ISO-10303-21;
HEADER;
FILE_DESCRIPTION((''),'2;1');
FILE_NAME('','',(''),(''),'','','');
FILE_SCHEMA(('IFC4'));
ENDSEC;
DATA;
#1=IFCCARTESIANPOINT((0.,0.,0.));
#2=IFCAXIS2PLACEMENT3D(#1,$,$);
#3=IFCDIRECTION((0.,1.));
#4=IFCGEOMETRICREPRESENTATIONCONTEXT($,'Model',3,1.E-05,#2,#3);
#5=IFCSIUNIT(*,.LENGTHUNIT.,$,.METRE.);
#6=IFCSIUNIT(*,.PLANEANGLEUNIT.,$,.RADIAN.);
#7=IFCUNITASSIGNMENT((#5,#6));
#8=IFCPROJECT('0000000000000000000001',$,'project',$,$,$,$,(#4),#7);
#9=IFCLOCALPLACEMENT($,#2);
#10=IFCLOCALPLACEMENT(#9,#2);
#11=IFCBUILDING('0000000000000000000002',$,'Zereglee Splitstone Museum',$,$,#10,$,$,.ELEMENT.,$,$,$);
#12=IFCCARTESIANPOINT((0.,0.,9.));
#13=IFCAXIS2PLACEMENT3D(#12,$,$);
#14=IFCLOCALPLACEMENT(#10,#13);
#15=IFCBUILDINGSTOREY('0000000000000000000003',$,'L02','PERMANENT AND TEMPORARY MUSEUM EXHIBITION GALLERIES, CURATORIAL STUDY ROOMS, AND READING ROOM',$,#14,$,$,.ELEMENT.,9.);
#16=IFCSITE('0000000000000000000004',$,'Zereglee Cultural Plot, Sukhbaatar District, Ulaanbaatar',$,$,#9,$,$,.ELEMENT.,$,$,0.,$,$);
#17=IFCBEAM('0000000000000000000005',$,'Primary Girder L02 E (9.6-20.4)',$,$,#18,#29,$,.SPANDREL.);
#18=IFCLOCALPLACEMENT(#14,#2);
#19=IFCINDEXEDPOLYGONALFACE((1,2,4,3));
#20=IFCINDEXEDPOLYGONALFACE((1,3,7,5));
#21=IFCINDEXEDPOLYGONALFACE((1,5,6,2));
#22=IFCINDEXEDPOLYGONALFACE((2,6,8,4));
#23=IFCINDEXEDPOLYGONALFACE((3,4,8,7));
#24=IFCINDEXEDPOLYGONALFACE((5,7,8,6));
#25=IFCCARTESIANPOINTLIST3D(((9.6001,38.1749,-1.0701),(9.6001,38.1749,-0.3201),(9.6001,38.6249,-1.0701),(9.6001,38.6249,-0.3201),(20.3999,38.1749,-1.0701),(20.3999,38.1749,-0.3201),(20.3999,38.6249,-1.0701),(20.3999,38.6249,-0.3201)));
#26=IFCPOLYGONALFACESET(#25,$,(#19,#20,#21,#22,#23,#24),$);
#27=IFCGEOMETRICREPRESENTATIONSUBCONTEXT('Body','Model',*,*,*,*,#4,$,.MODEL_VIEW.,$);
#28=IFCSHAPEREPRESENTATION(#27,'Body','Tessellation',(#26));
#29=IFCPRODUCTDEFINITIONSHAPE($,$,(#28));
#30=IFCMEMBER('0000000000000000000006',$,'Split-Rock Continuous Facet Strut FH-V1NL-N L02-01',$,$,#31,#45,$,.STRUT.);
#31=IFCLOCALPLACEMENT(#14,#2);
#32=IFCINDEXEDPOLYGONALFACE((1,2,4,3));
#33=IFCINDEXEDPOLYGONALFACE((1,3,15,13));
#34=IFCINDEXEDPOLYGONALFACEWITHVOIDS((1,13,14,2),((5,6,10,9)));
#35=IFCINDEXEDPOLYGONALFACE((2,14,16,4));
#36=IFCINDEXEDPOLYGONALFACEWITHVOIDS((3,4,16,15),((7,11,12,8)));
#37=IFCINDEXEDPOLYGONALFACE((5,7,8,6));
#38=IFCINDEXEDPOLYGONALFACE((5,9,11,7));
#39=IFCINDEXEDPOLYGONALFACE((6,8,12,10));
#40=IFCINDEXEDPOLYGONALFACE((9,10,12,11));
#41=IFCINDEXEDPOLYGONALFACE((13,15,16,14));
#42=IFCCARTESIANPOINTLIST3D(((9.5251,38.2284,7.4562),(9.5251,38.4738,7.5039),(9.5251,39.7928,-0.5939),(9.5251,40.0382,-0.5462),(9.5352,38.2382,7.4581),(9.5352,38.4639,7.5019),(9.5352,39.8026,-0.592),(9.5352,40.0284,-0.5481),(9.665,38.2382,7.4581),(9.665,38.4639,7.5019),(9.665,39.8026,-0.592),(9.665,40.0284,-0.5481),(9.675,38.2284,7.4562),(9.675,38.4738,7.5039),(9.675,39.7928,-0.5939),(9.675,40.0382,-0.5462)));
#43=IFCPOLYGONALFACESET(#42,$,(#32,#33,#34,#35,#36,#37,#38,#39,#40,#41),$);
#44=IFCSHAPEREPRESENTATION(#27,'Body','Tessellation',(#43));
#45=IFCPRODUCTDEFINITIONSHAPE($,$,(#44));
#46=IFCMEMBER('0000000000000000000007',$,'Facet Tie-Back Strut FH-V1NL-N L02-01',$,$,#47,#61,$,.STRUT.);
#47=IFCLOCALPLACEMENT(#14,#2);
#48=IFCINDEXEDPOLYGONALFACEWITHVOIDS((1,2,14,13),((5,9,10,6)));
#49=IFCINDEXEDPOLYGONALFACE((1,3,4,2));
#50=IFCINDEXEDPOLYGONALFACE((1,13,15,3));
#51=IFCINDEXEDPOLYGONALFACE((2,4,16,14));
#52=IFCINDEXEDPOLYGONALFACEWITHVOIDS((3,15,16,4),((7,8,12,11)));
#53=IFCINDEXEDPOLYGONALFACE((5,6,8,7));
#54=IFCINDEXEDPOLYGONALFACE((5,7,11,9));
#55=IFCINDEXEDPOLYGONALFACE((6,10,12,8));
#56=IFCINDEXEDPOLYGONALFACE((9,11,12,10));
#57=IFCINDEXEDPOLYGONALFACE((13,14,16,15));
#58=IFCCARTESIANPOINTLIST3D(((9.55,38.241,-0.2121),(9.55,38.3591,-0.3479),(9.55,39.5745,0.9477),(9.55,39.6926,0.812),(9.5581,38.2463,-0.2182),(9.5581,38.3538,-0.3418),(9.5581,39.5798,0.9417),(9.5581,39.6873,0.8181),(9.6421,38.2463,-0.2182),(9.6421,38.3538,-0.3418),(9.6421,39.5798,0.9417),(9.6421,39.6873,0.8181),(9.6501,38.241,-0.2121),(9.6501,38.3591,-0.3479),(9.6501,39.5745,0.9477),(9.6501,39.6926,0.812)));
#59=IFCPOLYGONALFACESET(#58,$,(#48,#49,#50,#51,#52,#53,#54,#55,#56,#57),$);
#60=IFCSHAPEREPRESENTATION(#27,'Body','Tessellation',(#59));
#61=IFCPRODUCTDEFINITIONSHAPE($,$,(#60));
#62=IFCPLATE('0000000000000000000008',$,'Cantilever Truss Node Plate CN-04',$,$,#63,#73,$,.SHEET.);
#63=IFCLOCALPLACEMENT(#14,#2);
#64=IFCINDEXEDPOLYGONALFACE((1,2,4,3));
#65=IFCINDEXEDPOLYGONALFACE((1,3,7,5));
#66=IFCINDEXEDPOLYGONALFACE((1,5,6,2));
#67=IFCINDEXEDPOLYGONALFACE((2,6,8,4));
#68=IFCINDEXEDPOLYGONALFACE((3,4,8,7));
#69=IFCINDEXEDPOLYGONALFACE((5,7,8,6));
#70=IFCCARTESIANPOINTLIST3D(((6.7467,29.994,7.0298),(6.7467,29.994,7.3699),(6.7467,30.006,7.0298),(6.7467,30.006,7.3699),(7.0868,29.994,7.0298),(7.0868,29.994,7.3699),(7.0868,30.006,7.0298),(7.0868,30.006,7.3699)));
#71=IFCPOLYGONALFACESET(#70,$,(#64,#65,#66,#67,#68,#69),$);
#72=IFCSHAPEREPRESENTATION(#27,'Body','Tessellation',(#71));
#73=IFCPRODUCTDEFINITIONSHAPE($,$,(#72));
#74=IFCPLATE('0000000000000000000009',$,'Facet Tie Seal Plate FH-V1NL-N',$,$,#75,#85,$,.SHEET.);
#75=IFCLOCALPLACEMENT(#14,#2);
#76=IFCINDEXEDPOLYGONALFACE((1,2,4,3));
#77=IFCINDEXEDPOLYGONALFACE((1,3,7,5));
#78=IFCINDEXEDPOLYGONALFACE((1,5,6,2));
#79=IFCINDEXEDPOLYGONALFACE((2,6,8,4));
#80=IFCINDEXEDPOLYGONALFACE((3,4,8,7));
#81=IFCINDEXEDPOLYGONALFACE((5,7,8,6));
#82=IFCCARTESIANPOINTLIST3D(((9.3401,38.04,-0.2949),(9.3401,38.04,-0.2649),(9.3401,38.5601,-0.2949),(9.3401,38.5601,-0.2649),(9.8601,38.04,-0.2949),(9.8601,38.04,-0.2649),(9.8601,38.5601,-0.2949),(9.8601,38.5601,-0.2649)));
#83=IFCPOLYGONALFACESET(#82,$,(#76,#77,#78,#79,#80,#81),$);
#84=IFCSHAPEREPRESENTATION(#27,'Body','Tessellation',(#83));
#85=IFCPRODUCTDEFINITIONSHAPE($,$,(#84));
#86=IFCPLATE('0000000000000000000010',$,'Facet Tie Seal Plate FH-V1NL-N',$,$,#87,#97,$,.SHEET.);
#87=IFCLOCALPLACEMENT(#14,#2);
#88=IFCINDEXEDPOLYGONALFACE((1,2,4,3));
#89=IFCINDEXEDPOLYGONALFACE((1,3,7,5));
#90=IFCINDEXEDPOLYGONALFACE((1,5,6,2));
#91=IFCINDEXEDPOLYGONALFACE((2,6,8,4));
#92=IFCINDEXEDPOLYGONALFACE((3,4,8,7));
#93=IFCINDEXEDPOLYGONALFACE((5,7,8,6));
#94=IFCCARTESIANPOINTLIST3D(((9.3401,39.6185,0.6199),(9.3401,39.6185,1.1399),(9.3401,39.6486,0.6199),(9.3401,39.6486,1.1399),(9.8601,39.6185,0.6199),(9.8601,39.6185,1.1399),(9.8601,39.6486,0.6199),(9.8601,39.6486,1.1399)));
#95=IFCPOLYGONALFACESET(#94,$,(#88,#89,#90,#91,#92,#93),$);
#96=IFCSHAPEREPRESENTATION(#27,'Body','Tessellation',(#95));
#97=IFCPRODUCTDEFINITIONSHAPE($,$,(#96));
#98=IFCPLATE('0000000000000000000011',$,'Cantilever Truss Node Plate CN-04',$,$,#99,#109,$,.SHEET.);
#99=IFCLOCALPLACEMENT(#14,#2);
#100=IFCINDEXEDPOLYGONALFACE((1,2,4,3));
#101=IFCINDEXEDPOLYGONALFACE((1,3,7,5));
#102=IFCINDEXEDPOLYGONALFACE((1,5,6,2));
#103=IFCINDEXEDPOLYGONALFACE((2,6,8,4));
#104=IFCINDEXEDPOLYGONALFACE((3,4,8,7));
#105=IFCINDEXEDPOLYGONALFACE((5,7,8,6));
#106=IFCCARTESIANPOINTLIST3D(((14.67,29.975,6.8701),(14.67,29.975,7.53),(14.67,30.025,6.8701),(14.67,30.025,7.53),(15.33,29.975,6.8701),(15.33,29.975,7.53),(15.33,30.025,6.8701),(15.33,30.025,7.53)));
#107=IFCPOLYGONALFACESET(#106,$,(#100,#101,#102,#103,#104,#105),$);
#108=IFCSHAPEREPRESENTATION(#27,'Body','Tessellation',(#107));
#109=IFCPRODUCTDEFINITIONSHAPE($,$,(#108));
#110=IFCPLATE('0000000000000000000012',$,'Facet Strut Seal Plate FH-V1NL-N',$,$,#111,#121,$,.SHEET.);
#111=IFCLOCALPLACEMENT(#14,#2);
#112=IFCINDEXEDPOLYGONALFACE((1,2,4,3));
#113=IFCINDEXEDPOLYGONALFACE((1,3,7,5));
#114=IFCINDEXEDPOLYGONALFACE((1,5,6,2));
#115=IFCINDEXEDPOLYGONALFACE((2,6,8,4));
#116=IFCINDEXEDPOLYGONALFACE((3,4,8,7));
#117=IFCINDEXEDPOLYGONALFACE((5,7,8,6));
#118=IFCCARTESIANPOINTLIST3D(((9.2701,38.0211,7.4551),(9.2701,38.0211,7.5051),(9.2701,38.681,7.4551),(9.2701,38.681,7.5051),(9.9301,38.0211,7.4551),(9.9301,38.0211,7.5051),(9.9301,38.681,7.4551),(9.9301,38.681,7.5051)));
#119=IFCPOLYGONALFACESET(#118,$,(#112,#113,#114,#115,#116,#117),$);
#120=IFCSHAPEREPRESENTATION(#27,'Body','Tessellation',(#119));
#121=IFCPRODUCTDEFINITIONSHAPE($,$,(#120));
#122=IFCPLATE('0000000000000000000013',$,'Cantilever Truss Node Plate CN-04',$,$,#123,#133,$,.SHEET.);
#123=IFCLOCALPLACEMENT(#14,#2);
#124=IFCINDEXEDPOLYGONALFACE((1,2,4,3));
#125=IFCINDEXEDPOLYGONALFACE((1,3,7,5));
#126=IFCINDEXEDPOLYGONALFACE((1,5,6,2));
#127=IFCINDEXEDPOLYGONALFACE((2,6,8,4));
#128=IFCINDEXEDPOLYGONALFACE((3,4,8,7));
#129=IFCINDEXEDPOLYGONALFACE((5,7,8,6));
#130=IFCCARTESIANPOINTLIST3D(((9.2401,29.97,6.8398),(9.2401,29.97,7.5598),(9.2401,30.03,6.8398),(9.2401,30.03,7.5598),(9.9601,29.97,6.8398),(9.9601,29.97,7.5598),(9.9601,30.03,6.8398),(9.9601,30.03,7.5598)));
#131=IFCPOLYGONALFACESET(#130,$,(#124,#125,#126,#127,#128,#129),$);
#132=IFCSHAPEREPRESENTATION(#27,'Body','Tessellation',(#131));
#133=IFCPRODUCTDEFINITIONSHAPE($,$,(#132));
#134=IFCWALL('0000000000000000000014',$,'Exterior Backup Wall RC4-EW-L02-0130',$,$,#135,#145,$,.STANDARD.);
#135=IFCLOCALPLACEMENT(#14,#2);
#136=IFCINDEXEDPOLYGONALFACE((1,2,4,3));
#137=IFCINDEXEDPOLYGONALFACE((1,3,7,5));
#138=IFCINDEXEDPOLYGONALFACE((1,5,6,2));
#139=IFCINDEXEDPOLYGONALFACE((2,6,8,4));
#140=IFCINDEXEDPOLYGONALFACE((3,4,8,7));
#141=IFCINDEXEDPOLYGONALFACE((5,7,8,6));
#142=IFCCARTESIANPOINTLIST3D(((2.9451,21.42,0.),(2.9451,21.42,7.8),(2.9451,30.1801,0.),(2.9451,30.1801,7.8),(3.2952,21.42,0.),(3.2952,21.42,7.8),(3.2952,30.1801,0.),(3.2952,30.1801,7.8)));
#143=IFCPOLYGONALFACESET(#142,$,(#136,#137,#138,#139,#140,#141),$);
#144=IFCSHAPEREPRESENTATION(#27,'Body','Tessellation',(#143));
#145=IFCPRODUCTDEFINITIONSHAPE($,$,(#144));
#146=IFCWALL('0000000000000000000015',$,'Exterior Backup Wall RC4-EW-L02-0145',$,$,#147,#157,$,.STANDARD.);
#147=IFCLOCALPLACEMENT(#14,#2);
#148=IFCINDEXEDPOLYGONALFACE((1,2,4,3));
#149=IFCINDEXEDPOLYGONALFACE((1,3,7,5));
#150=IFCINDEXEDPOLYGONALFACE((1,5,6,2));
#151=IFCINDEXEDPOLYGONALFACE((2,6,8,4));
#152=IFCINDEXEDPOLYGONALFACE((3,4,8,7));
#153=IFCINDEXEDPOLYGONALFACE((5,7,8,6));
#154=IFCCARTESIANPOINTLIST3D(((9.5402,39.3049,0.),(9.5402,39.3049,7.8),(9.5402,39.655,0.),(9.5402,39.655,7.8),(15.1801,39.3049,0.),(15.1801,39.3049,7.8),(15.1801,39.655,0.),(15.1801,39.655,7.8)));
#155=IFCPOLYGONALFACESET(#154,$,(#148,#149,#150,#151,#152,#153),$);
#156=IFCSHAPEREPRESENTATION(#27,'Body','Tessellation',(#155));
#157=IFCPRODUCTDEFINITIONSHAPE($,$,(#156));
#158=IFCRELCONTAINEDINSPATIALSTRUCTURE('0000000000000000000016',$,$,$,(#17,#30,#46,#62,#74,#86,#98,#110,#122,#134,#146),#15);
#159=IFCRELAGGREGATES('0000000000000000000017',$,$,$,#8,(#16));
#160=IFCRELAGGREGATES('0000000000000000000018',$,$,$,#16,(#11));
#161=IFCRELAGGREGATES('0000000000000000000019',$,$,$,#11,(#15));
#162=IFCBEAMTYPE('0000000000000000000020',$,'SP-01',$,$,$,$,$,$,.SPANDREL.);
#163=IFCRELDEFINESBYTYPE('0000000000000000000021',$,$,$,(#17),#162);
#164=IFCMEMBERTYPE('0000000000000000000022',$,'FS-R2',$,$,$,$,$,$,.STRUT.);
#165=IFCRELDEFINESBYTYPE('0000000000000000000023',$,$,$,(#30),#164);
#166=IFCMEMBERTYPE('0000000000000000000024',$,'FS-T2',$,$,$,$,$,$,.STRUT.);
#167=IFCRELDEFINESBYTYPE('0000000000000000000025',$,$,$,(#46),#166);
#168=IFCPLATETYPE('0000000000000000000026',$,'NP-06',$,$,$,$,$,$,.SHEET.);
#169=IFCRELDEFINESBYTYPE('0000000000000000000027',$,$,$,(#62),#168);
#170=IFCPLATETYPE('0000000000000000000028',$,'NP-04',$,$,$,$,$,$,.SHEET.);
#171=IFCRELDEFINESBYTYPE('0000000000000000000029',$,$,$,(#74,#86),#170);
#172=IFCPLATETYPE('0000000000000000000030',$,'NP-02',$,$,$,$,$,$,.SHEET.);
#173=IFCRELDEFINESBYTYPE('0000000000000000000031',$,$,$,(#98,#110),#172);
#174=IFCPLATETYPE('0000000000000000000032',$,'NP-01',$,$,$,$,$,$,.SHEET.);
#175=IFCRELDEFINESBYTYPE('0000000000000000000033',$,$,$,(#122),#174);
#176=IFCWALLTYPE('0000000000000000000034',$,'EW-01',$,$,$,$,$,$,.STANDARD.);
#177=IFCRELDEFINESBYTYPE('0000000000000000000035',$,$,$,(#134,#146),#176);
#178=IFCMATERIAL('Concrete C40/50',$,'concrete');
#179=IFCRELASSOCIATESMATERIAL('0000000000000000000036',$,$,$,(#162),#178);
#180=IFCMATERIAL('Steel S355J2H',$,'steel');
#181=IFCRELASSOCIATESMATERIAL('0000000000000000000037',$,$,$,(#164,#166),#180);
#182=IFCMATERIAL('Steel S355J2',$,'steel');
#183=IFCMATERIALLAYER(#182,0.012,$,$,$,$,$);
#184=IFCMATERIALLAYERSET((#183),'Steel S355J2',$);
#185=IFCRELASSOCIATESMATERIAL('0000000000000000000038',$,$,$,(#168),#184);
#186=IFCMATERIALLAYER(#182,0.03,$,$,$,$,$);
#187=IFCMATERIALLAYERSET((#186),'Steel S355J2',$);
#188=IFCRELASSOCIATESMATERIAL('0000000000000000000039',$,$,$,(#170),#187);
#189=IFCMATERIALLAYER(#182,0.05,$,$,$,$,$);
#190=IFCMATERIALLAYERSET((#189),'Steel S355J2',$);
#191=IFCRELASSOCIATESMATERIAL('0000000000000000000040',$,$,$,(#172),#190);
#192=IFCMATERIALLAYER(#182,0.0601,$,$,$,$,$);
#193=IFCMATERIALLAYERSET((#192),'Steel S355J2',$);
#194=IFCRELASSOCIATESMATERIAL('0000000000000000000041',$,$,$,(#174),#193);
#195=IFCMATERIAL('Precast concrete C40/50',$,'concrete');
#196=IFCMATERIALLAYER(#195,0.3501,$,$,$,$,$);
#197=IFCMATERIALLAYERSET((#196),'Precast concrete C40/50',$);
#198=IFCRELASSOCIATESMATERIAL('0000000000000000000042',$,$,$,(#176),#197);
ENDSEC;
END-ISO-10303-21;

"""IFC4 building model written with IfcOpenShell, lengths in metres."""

from ifc_helpers import new_model, si_unit, direction, frame, frame_2d, origin, origin_2d, place, context, subcontext, project, spatial, rectangle, hollow_rectangle, extrude, material, layer, layer_set, material_profile, profile_set, type_object, element, save


model = new_model("IFC4")

# Units and contexts
model_context = context("Model", 3, precision=1e-05, world=origin(), true_north=direction((0.0, 1.0)))
body_context = subcontext(model_context, "Body", "Model", "MODEL_VIEW")
ifc_project = project(units=[si_unit("LENGTHUNIT", "METRE"), si_unit("PLANEANGLEUNIT", "RADIAN")], contexts=[model_context])

# Site, building, storey
site_placement = place(None, origin())
site = spatial("IfcSite", under=ifc_project, at=site_placement, Name="Zereglee Cultural Plot, Sukhbaatar District, Ulaanbaatar", CompositionType="ELEMENT", RefElevation=0.0)
building_placement = place(site_placement, origin())
building = spatial("IfcBuilding", under=site, at=building_placement, Name="Zereglee Splitstone Museum", CompositionType="ELEMENT")
storey_placement = place(building_placement, frame((0.0, 0.0, 9.0)))
storey = spatial("IfcBuildingStorey", under=building, at=storey_placement, Name="L02", Description="PERMANENT AND TEMPORARY MUSEUM EXHIBITION GALLERIES, CURATORIAL STUDY ROOMS, AND READING ROOM", CompositionType="ELEMENT", Elevation=9.0)

# Shared definitions
ifc_material_1 = material(Name="Steel S355J2H", Category="steel")

# Shared definitions
ifc_material_2 = material(Name="Steel S355J2", Category="steel")

# Beam
ifc_material_3 = material(Name="Concrete C40/50", Category="concrete")
ifc_material_profile_1 = material_profile(ifc_material_3, rectangle(XDim=0.45, YDim=0.75, at=origin_2d()), Name="RC 450x750")
ifc_profile_set_1 = profile_set([ifc_material_profile_1], Name="Concrete C40/50")
beam_type_1 = type_object("IfcBeamType", Name="SP-01", PredefinedType="SPANDREL", material=ifc_profile_set_1)
beam_1_placement = place(storey_placement, frame((9.6001, 38.3999, -0.6951), z_axis=(1.0, 0.0, 0.0), x_axis=(0.0, 1.0, 0.0)))
element("IfcBeam", 1, at=beam_1_placement, inside=storey, type_object=beam_type_1, Name="Primary Girder L02 E (9.6-20.4)", PredefinedType="SPANDREL", context=body_context, shape_type="SweptSolid", body=[
    extrude(rectangle(XDim=0.45, YDim=0.75, at=origin_2d()), origin(), (0.0, 0.0, 1.0), 10.7998),
])

# Members
ifc_material_profile_2 = material_profile(ifc_material_1, hollow_rectangle(XDim=0.1499, YDim=0.25, WallThickness=0.01, at=origin_2d()), Name="RHS 250x150x10")
ifc_profile_set_2 = profile_set([ifc_material_profile_2], Name="Steel S355J2H")
member_type_1 = type_object("IfcMemberType", Name="FS-R2", PredefinedType="STRUT", material=ifc_profile_set_2)
member_1_placement = place(storey_placement, frame((9.6001, 39.9155, -0.5701), z_axis=(0.0, -0.190772, 0.981634), x_axis=(1.0, 0.0, 0.0)))
element("IfcMember", 2, at=member_1_placement, inside=storey, type_object=member_type_1, Name="Split-Rock Continuous Facet Strut FH-V1NL-N L02-01", PredefinedType="STRUT", context=body_context, shape_type="SweptSolid", body=[
    extrude(hollow_rectangle(XDim=0.1499, YDim=0.25, WallThickness=0.01, at=origin_2d()), origin(), (0.0, 0.0, 1.0), 8.2007),
])
ifc_material_profile_3 = material_profile(ifc_material_1, hollow_rectangle(XDim=0.1001, YDim=0.1799, WallThickness=0.0081, at=origin_2d()), Name="RHS 180x100x8")
ifc_profile_set_3 = profile_set([ifc_material_profile_3], Name="Steel S355J2H")
member_type_2 = type_object("IfcMemberType", Name="FS-T2", PredefinedType="STRUT", material=ifc_profile_set_3)
member_2_placement = place(storey_placement, frame((9.6001, 38.3, -0.28), z_axis=(0.0, 0.754507, 0.656292), x_axis=(-1.0, 0.0, 0.0)))
element("IfcMember", 3, at=member_2_placement, inside=storey, type_object=member_type_2, Name="Facet Tie-Back Strut FH-V1NL-N L02-01", PredefinedType="STRUT", context=body_context, shape_type="SweptSolid", body=[
    extrude(hollow_rectangle(XDim=0.1001, YDim=0.1799, WallThickness=0.0081, at=origin_2d()), origin(), (0.0, 0.0, 1.0), 1.7673),
])

# Plates
ifc_layer_1 = layer(ifc_material_2, 0.012)
ifc_layer_set_1 = layer_set([ifc_layer_1], Name="Steel S355J2")
plate_type_1 = type_object("IfcPlateType", Name="NP-06", PredefinedType="SHEET", material=ifc_layer_set_1)
plate_1_placement = place(storey_placement, frame((6.9167, 30.0, 7.0298), z_axis=(0.0, 0.0, 1.0), x_axis=(1.0, 0.0, 0.0)))
element("IfcPlate", 4, at=plate_1_placement, inside=storey, type_object=plate_type_1, Name="Cantilever Truss Node Plate CN-04", PredefinedType="SHEET", context=body_context, shape_type="SweptSolid", body=[
    extrude(rectangle(XDim=0.3401, YDim=0.012, at=origin_2d()), origin(), (0.0, 0.0, 1.0), 0.3401),
])
ifc_layer_2 = layer(ifc_material_2, 0.03)
ifc_layer_set_2 = layer_set([ifc_layer_2], Name="Steel S355J2")
plate_type_2 = type_object("IfcPlateType", Name="NP-04", PredefinedType="SHEET", material=ifc_layer_set_2)
plate_2_placement = place(storey_placement, frame((9.6001, 38.3, -0.2949), z_axis=(0.0, 0.0, 1.0), x_axis=(1.0, 0.0, 0.0)))
element("IfcPlate", 5, at=plate_2_placement, inside=storey, type_object=plate_type_2, Name="Facet Tie Seal Plate FH-V1NL-N", PredefinedType="SHEET", context=body_context, shape_type="SweptSolid", body=[
    extrude(rectangle(XDim=0.52, YDim=0.52, at=origin_2d()), origin(), (0.0, 0.0, 1.0), 0.03),
])
plate_3_placement = place(storey_placement, frame((9.6001, 39.6335, 0.6199), z_axis=(0.0, 0.0, 1.0), x_axis=(1.0, 0.0, 0.0)))
element("IfcPlate", 6, at=plate_3_placement, inside=storey, type_object=plate_type_2, Name="Facet Tie Seal Plate FH-V1NL-N", PredefinedType="SHEET", context=body_context, shape_type="SweptSolid", body=[
    extrude(rectangle(XDim=0.52, YDim=0.03, at=origin_2d()), origin(), (0.0, 0.0, 1.0), 0.52),
])
ifc_layer_3 = layer(ifc_material_2, 0.05)
ifc_layer_set_3 = layer_set([ifc_layer_3], Name="Steel S355J2")
plate_type_3 = type_object("IfcPlateType", Name="NP-02", PredefinedType="SHEET", material=ifc_layer_set_3)
plate_4_placement = place(storey_placement, frame((15.0, 30.0, 6.8701), z_axis=(0.0, 0.0, 1.0), x_axis=(1.0, 0.0, 0.0)))
element("IfcPlate", 7, at=plate_4_placement, inside=storey, type_object=plate_type_3, Name="Cantilever Truss Node Plate CN-04", PredefinedType="SHEET", context=body_context, shape_type="SweptSolid", body=[
    extrude(rectangle(XDim=0.6599, YDim=0.05, at=origin_2d()), origin(), (0.0, 0.0, 1.0), 0.6599),
])
plate_5_placement = place(storey_placement, frame((9.6001, 38.3511, 7.4551), z_axis=(0.0, 0.0, 1.0), x_axis=(1.0, 0.0, 0.0)))
element("IfcPlate", 8, at=plate_5_placement, inside=storey, type_object=plate_type_3, Name="Facet Strut Seal Plate FH-V1NL-N", PredefinedType="SHEET", context=body_context, shape_type="SweptSolid", body=[
    extrude(rectangle(XDim=0.6599, YDim=0.6599, at=origin_2d()), origin(), (0.0, 0.0, 1.0), 0.05),
])
ifc_layer_4 = layer(ifc_material_2, 0.0601)
ifc_layer_set_4 = layer_set([ifc_layer_4], Name="Steel S355J2")
plate_type_4 = type_object("IfcPlateType", Name="NP-01", PredefinedType="SHEET", material=ifc_layer_set_4)
plate_6_placement = place(storey_placement, frame((9.6001, 30.0, 6.8398), z_axis=(0.0, 0.0, 1.0), x_axis=(1.0, 0.0, 0.0)))
element("IfcPlate", 9, at=plate_6_placement, inside=storey, type_object=plate_type_4, Name="Cantilever Truss Node Plate CN-04", PredefinedType="SHEET", context=body_context, shape_type="SweptSolid", body=[
    extrude(rectangle(XDim=0.72, YDim=0.0601, at=origin_2d()), origin(), (0.0, 0.0, 1.0), 0.72),
])

# Walls
ifc_material_4 = material(Name="Precast concrete C40/50", Category="concrete")
ifc_layer_5 = layer(ifc_material_4, 0.3501)
ifc_layer_set_5 = layer_set([ifc_layer_5], Name="Precast concrete C40/50")
wall_type_1 = type_object("IfcWallType", Name="EW-01", PredefinedType="STANDARD", material=ifc_layer_set_5)
wall_1_placement = place(storey_placement, frame((3.1201, 30.1799, 0.0), z_axis=(0.0, 0.0, 1.0), x_axis=(0.0, -1.0, 0.0)))
element("IfcWall", 10, at=wall_1_placement, inside=storey, type_object=wall_type_1, Name="Exterior Backup Wall RC4-EW-L02-0130", PredefinedType="STANDARD", context=body_context, shape_type="SweptSolid", body=[
    extrude(rectangle(XDim=8.76, YDim=0.3501, at=frame_2d((4.3799, 0.0))), origin(), (0.0, 0.0, 1.0), 7.8),
])
wall_2_placement = place(storey_placement, frame((15.1799, 39.48, 0.0), z_axis=(0.0, 0.0, 1.0), x_axis=(-1.0, 0.0, 0.0)))
element("IfcWall", 11, at=wall_2_placement, inside=storey, type_object=wall_type_1, Name="Exterior Backup Wall RC4-EW-L02-0145", PredefinedType="STANDARD", context=body_context, shape_type="SweptSolid", body=[
    extrude(rectangle(XDim=5.6399, YDim=0.3501, at=frame_2d((2.8198, 0.0))), origin(), (0.0, 0.0, 1.0), 7.8),
])

save(model, "model.ifc")
